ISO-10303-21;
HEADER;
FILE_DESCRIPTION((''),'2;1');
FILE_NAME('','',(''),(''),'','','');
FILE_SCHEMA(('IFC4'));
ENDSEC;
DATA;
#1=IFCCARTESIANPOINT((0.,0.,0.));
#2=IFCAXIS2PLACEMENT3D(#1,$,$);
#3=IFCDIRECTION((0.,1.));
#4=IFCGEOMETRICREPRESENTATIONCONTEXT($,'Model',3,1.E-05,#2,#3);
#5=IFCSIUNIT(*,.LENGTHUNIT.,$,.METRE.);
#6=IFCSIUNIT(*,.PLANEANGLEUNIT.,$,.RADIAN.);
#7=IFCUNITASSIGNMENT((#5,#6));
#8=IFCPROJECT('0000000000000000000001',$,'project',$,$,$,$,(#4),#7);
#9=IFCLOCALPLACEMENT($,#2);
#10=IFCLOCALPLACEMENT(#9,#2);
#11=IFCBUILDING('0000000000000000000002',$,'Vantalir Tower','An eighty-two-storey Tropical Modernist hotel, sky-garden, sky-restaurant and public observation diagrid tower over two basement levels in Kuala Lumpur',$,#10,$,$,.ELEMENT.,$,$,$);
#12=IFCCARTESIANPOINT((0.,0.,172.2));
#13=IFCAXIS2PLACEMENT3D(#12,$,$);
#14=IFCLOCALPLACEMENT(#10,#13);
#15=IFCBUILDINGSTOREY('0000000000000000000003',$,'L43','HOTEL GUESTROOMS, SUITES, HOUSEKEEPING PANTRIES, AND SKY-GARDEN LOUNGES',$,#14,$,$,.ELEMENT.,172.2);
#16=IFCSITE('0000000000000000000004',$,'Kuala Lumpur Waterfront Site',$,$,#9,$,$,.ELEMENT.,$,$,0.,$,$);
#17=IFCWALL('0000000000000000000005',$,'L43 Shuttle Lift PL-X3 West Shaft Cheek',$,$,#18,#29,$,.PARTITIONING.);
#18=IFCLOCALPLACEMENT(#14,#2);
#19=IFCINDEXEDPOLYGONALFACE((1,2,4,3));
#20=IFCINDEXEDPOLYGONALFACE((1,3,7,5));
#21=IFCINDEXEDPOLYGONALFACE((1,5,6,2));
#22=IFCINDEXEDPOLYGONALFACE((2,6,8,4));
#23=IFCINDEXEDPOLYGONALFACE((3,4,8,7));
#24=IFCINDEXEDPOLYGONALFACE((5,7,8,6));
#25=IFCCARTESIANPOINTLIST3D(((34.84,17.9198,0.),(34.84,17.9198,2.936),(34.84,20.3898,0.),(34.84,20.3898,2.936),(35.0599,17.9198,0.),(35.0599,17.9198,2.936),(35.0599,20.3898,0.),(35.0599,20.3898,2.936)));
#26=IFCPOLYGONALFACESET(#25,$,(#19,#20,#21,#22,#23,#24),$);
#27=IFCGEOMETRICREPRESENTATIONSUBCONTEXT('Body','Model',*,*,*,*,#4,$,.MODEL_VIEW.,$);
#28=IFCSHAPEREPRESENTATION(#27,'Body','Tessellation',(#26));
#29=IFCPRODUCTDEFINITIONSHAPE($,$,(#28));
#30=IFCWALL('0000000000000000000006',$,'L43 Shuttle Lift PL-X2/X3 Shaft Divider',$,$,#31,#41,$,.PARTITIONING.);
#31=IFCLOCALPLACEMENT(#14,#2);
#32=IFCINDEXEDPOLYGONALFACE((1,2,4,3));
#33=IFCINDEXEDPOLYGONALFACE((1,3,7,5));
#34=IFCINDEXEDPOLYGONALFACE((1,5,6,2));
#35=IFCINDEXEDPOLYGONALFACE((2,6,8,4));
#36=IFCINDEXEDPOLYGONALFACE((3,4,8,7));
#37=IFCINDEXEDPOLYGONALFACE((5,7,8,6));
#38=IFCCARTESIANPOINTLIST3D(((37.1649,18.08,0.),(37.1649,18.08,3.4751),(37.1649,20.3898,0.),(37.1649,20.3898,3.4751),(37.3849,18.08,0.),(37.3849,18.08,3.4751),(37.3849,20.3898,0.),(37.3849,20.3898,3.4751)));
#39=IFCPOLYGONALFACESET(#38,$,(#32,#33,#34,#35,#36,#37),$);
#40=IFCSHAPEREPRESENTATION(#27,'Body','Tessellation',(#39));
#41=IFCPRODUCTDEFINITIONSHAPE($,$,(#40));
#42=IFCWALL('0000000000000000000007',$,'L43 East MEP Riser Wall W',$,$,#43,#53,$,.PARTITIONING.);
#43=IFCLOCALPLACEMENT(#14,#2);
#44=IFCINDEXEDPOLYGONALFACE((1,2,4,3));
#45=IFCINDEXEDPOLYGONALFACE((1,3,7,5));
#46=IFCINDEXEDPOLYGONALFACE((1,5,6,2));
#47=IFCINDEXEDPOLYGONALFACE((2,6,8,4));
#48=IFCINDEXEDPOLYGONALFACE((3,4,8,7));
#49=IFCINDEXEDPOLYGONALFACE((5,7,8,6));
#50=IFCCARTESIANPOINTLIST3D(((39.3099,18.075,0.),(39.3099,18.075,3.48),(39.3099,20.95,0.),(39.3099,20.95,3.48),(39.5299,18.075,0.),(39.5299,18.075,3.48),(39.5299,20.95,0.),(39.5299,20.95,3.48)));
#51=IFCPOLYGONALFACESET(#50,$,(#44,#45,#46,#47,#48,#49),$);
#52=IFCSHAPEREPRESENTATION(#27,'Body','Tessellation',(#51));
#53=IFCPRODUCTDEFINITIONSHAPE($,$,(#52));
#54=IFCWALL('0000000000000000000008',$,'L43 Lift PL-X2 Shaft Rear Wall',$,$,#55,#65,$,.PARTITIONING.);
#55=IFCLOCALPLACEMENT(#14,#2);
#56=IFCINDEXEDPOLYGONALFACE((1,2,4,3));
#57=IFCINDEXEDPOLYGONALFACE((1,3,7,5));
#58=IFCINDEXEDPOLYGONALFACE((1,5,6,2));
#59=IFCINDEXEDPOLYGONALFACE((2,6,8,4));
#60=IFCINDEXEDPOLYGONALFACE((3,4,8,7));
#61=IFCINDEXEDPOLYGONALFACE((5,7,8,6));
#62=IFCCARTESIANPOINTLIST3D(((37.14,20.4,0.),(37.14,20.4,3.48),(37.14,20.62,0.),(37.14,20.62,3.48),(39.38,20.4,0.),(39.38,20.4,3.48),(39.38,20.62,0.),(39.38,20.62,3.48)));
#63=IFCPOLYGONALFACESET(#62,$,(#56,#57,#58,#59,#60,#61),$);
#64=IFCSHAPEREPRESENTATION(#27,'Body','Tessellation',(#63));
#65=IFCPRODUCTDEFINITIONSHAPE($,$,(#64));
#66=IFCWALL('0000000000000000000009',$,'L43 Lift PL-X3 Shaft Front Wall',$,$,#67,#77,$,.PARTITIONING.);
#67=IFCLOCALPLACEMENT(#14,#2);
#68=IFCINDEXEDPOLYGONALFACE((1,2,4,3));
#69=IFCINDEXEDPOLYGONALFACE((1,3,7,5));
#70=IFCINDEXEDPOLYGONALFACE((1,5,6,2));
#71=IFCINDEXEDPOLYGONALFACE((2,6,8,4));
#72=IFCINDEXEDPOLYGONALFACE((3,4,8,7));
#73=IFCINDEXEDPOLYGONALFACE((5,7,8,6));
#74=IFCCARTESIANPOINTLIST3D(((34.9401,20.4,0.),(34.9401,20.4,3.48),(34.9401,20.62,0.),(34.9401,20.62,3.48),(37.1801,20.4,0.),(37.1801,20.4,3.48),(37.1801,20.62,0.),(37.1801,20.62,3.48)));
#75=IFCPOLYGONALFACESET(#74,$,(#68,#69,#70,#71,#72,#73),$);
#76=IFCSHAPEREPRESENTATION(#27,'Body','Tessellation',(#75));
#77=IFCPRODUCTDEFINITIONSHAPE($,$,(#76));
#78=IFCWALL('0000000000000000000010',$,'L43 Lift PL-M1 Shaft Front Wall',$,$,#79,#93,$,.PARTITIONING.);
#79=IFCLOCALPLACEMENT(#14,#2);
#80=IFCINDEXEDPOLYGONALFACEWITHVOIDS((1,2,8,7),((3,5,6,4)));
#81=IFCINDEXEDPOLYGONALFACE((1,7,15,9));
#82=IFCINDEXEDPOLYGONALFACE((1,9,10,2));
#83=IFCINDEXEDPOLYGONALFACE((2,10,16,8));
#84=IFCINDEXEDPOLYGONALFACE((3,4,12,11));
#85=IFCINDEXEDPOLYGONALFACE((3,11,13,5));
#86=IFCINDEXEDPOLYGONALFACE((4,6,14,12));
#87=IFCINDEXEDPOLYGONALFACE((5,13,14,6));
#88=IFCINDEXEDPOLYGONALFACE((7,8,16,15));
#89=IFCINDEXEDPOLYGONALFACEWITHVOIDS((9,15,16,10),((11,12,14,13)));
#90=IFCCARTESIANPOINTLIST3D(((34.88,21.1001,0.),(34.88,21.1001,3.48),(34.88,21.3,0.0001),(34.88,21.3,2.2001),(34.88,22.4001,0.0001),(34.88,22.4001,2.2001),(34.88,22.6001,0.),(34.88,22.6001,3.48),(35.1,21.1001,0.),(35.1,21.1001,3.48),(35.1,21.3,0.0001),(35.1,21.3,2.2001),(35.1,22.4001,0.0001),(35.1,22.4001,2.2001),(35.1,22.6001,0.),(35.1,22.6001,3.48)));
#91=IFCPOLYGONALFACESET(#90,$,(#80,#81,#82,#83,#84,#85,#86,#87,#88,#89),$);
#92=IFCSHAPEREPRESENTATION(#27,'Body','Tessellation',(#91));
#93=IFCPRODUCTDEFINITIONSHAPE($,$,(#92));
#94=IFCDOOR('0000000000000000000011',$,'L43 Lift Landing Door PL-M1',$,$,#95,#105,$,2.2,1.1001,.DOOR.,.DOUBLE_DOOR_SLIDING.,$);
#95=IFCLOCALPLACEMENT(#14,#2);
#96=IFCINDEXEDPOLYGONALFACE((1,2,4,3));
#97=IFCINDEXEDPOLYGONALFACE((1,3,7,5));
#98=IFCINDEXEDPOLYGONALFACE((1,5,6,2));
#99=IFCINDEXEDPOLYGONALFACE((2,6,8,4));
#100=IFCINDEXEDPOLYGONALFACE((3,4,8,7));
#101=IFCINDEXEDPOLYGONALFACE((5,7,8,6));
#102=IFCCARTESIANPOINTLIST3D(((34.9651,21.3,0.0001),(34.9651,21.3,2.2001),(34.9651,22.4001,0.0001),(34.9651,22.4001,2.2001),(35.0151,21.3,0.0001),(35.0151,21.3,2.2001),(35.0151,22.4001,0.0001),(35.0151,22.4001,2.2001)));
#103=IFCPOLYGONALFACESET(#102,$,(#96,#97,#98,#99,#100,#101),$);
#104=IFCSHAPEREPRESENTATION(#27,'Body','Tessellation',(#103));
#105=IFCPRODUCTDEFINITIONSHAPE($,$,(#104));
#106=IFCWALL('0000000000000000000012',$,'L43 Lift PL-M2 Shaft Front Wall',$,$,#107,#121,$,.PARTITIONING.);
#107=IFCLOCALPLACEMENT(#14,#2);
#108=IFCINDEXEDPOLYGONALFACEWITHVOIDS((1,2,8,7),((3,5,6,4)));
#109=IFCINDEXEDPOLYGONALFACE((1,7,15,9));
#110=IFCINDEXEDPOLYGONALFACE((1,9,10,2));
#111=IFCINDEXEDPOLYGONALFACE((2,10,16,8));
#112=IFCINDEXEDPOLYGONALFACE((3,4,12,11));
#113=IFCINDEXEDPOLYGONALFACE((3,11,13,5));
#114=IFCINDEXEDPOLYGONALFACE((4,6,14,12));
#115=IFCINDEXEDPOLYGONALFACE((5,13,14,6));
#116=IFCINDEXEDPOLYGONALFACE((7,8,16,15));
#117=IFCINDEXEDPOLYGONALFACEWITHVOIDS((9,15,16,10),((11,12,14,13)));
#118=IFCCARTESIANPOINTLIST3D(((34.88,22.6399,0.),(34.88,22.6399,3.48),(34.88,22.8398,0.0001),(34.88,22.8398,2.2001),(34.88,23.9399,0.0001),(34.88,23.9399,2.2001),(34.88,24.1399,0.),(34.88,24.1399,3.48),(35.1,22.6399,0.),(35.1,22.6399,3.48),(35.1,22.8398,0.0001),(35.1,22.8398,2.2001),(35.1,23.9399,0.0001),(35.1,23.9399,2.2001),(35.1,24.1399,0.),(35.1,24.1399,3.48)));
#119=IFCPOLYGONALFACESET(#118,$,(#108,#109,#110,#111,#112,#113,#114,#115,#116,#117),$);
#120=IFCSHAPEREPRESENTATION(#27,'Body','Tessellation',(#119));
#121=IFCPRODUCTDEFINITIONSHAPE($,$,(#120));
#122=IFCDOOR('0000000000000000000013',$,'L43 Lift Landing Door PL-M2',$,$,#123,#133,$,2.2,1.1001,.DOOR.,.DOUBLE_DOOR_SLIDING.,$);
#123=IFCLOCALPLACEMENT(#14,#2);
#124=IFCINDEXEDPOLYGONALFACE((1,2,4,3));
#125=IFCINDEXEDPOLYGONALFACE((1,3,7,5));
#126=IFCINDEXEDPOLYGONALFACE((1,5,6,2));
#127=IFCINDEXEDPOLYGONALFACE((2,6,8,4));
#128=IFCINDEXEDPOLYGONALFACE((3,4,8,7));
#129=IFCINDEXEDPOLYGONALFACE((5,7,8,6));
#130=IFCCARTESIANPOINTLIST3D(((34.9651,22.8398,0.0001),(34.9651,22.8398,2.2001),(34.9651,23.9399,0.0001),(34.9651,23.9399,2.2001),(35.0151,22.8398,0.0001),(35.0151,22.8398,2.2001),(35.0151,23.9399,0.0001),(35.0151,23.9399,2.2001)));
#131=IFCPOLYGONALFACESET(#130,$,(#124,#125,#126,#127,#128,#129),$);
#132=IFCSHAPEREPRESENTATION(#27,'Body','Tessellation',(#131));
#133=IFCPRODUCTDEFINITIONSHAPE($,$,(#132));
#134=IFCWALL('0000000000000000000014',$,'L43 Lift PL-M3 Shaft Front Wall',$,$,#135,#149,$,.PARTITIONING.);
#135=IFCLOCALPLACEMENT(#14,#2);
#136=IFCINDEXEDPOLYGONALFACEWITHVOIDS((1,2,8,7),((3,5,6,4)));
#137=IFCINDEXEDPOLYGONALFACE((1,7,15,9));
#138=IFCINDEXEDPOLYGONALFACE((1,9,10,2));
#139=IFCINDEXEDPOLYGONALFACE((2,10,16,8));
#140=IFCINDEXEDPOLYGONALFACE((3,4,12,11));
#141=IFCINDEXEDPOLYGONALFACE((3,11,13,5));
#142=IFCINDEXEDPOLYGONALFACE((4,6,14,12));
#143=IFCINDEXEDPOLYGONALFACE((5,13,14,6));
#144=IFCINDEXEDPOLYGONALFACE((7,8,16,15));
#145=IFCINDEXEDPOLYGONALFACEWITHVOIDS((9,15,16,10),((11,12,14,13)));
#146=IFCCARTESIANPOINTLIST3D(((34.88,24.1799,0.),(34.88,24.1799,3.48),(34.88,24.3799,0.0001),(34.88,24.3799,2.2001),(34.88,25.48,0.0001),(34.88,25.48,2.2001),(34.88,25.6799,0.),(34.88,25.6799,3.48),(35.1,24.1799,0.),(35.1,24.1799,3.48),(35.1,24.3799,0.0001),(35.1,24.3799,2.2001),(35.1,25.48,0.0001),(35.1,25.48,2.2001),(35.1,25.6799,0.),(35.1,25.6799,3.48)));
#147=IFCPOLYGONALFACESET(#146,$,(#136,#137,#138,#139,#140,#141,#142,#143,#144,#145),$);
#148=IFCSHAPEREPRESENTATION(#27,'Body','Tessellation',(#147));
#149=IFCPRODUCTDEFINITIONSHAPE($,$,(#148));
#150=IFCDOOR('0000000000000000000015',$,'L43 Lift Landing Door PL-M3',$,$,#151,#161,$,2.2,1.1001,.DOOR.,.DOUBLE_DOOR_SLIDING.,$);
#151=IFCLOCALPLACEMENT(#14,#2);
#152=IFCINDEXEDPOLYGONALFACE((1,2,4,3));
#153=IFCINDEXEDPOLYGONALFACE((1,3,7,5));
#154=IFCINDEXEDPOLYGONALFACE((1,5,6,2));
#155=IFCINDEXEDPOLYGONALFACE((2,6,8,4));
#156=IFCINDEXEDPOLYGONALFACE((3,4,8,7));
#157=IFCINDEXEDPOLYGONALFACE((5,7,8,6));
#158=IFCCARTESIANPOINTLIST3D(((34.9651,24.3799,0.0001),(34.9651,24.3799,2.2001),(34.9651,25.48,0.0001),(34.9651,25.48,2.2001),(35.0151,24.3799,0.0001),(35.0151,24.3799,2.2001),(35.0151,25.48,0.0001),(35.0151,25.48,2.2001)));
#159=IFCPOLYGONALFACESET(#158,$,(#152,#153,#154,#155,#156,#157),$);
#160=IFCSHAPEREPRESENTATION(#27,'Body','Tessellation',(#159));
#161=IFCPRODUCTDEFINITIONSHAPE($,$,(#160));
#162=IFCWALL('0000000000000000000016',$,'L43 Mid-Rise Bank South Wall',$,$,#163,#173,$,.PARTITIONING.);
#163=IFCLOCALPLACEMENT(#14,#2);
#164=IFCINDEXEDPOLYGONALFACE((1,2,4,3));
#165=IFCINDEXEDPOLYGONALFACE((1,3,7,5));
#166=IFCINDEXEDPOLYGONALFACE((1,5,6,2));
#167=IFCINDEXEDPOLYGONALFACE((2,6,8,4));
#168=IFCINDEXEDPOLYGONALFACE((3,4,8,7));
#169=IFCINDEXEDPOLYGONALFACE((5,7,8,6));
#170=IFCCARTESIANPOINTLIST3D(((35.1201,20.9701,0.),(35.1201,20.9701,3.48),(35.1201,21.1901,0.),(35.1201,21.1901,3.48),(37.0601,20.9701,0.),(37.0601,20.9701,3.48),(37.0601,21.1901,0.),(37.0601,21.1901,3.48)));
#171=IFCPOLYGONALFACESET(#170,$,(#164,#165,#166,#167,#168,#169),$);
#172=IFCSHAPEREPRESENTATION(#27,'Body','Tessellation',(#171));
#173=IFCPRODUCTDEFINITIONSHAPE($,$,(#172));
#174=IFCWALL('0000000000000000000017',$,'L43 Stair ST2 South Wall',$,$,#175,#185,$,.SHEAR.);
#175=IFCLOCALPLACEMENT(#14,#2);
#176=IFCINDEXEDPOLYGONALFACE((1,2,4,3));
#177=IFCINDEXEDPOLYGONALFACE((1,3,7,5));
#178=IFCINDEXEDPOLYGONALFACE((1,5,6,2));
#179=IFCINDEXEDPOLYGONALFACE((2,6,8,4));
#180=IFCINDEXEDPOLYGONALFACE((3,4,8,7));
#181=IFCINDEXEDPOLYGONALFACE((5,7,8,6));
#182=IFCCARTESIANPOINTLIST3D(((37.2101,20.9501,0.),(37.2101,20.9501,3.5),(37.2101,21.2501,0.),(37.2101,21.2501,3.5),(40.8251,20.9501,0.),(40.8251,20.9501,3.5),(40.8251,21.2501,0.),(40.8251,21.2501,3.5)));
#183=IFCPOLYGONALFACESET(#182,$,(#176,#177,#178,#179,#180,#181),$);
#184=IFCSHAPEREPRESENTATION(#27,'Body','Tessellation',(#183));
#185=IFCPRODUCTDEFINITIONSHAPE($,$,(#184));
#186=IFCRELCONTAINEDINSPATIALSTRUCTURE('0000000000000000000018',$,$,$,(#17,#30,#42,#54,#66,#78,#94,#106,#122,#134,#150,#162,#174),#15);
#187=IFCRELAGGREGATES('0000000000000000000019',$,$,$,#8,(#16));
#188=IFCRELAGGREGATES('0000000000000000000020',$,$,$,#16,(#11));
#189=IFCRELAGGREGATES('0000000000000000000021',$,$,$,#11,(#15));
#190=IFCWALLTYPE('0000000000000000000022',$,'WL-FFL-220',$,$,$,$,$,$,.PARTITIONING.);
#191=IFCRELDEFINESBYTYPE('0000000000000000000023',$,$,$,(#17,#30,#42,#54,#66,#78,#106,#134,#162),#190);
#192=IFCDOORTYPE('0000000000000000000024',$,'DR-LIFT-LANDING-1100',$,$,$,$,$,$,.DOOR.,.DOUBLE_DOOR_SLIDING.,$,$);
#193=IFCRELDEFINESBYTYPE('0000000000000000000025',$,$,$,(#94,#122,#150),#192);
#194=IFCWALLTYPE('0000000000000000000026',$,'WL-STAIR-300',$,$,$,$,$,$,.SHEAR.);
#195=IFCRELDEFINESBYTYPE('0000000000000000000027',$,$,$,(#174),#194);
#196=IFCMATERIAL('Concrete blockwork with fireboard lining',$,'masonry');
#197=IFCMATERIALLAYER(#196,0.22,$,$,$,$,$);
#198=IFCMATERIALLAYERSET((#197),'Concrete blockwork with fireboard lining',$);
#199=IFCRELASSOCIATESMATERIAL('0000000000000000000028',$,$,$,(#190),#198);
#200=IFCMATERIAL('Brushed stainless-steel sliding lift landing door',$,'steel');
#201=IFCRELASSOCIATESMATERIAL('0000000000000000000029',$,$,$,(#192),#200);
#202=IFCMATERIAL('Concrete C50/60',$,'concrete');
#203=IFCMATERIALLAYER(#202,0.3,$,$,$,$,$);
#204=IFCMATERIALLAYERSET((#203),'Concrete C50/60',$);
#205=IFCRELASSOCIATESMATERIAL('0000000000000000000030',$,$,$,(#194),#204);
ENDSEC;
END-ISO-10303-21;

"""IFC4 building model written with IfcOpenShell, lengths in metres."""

from ifc_helpers import new_model, si_unit, direction, frame, frame_2d, origin, place, context, subcontext, project, spatial, rectangle, extrude, material, layer, layer_set, type_object, element, fill, save


model = new_model("IFC4")

# Units and contexts
model_context = context("Model", 3, precision=1e-05, world=origin(), true_north=direction((0.0, 1.0)))
body_context = subcontext(model_context, "Body", "Model", "MODEL_VIEW")
ifc_project = project(units=[si_unit("LENGTHUNIT", "METRE"), si_unit("PLANEANGLEUNIT", "RADIAN")], contexts=[model_context])

# Site, building, storey
site_placement = place(None, origin())
site = spatial("IfcSite", under=ifc_project, at=site_placement, Name="Kuala Lumpur Waterfront Site", CompositionType="ELEMENT", RefElevation=0.0)
building_placement = place(site_placement, origin())
building = spatial("IfcBuilding", under=site, at=building_placement, Name="Vantalir Tower", Description="An eighty-two-storey Tropical Modernist hotel, sky-garden, sky-restaurant and public observation diagrid tower over two basement levels in Kuala Lumpur", CompositionType="ELEMENT")
storey_placement = place(building_placement, frame((0.0, 0.0, 172.2)))
storey = spatial("IfcBuildingStorey", under=building, at=storey_placement, Name="L43", Description="HOTEL GUESTROOMS, SUITES, HOUSEKEEPING PANTRIES, AND SKY-GARDEN LOUNGES", CompositionType="ELEMENT", Elevation=172.2)

# Walls
ifc_material_1 = material(Name="Concrete blockwork with fireboard lining", Category="masonry")
ifc_layer_1 = layer(ifc_material_1, 0.22)
ifc_layer_set_1 = layer_set([ifc_layer_1], Name="Concrete blockwork with fireboard lining")
wall_type_1 = type_object("IfcWallType", Name="WL-FFL-220", PredefinedType="PARTITIONING", material=ifc_layer_set_1)
for number, where, z_axis, x_axis, name in (
    (1, (34.95, 17.9199, 0.0), (0.0, 0.0, 1.0), (0.0, 1.0, 0.0), "L43 Shuttle Lift PL-X3 West Shaft Cheek"),
):
    element("IfcWall", number, at=place(storey_placement, frame(where, z_axis=z_axis, x_axis=x_axis)), inside=storey, type_object=wall_type_1, Name=name, PredefinedType="PARTITIONING", context=body_context, shape_type="SweptSolid", body=[
        extrude(rectangle(XDim=2.47, YDim=0.22, at=frame_2d((1.2349, 0.0))), origin(), (0.0, 0.0, 1.0), 2.936),
    ])
wall_1_placement = place(storey_placement, frame((37.2749, 18.0801, 0.0), z_axis=(0.0, 0.0, 1.0), x_axis=(0.0, 1.0, 0.0)))
element("IfcWall", 2, at=wall_1_placement, inside=storey, type_object=wall_type_1, Name="L43 Shuttle Lift PL-X2/X3 Shaft Divider", PredefinedType="PARTITIONING", context=body_context, shape_type="SweptSolid", body=[
    extrude(rectangle(XDim=2.3098, YDim=0.22, at=frame_2d((1.1548, 0.0))), origin(), (0.0, 0.0, 1.0), 3.4751),
])
wall_2_placement = place(storey_placement, frame((39.4199, 18.075, 0.0), z_axis=(0.0, 0.0, 1.0), x_axis=(0.0, 1.0, 0.0)))
element("IfcWall", 3, at=wall_2_placement, inside=storey, type_object=wall_type_1, Name="L43 East MEP Riser Wall W", PredefinedType="PARTITIONING", context=body_context, shape_type="SweptSolid", body=[
    extrude(rectangle(XDim=2.875, YDim=0.22, at=frame_2d((1.4375, 0.0))), origin(), (0.0, 0.0, 1.0), 3.48),
])
for number, where, z_axis, x_axis, name in (
    (4, (37.1399, 20.51, 0.0), (0.0, 0.0, 1.0), (1.0, 0.0, 0.0), "L43 Lift PL-X2 Shaft Rear Wall"),
    (5, (34.9399, 20.51, 0.0), (0.0, 0.0, 1.0), (1.0, 0.0, 0.0), "L43 Lift PL-X3 Shaft Front Wall"),
):
    element("IfcWall", number, at=place(storey_placement, frame(where, z_axis=z_axis, x_axis=x_axis)), inside=storey, type_object=wall_type_1, Name=name, PredefinedType="PARTITIONING", context=body_context, shape_type="SweptSolid", body=[
        extrude(rectangle(XDim=2.24, YDim=0.22, at=frame_2d((1.1201, 0.0))), origin(), (0.0, 0.0, 1.0), 3.48),
    ])

# Walls, openings, doors
wall_3_placement = place(storey_placement, frame((34.99, 21.1001, 0.0), z_axis=(0.0, 0.0, 1.0), x_axis=(0.0, 1.0, 0.0)))
wall_3 = element("IfcWall", 6, at=wall_3_placement, inside=storey, type_object=wall_type_1, Name="L43 Lift PL-M1 Shaft Front Wall", PredefinedType="PARTITIONING", context=body_context, shape_type="SweptSolid", body=[
    extrude(rectangle(XDim=1.5, YDim=0.22, at=frame_2d((0.75, 0.0))), origin(), (0.0, 0.0, 1.0), 3.48),
])
opening_1_placement = place(wall_3_placement, frame((0.2, 0.0, 0.0)))
opening_1 = element("IfcOpeningElement", 7, at=opening_1_placement, cuts=wall_3, PredefinedType="OPENING", context=body_context, shape_type="SweptSolid", body=[
    extrude(rectangle(XDim=1.1001, YDim=2.2, at=frame_2d((0.55, 1.1001))), frame((0.0, 0.1199, 0.0), z_axis=(0.0, -1.0, 0.0), x_axis=(1.0, 0.0, 0.0)), (0.0, 0.0, 1.0), 0.24),
])
ifc_material_2 = material(Name="Brushed stainless-steel sliding lift landing door", Category="steel")
door_type_1 = type_object("IfcDoorType", Name="DR-LIFT-LANDING-1100", OperationType="DOUBLE_DOOR_SLIDING", PredefinedType="DOOR", material=ifc_material_2)
door_1_placement = place(opening_1_placement, origin())
door_1 = element("IfcDoor", 8, at=door_1_placement, inside=storey, type_object=door_type_1, Name="L43 Lift Landing Door PL-M1", OperationType="DOUBLE_DOOR_SLIDING", OverallHeight=2.2, OverallWidth=1.1001, PredefinedType="DOOR", context=body_context, shape_type="SweptSolid", body=[
    extrude(rectangle(XDim=1.1001, YDim=2.2, at=frame_2d((0.55, 1.1001))), frame((0.0, 0.0249, 0.0), z_axis=(0.0, -1.0, 0.0), x_axis=(1.0, 0.0, 0.0)), (0.0, 0.0, 1.0), 0.05),
])
fill(opening_1, door_1)
wall_4_placement = place(storey_placement, frame((34.99, 22.6399, 0.0), z_axis=(0.0, 0.0, 1.0), x_axis=(0.0, 1.0, 0.0)))
wall_4 = element("IfcWall", 9, at=wall_4_placement, inside=storey, type_object=wall_type_1, Name="L43 Lift PL-M2 Shaft Front Wall", PredefinedType="PARTITIONING", context=body_context, shape_type="SweptSolid", body=[
    extrude(rectangle(XDim=1.5, YDim=0.22, at=frame_2d((0.75, 0.0))), origin(), (0.0, 0.0, 1.0), 3.48),
])
opening_2_placement = place(wall_4_placement, frame((0.2, 0.0, 0.0)))
opening_2 = element("IfcOpeningElement", 10, at=opening_2_placement, cuts=wall_4, PredefinedType="OPENING", context=body_context, shape_type="SweptSolid", body=[
    extrude(rectangle(XDim=1.1001, YDim=2.2, at=frame_2d((0.55, 1.1001))), frame((0.0, 0.1199, 0.0), z_axis=(0.0, -1.0, 0.0), x_axis=(1.0, 0.0, 0.0)), (0.0, 0.0, 1.0), 0.24),
])
door_2_placement = place(opening_2_placement, origin())
door_2 = element("IfcDoor", 11, at=door_2_placement, inside=storey, type_object=door_type_1, Name="L43 Lift Landing Door PL-M2", OperationType="DOUBLE_DOOR_SLIDING", OverallHeight=2.2, OverallWidth=1.1001, PredefinedType="DOOR", context=body_context, shape_type="SweptSolid", body=[
    extrude(rectangle(XDim=1.1001, YDim=2.2, at=frame_2d((0.55, 1.1001))), frame((0.0, 0.0249, 0.0), z_axis=(0.0, -1.0, 0.0), x_axis=(1.0, 0.0, 0.0)), (0.0, 0.0, 1.0), 0.05),
])
fill(opening_2, door_2)
wall_5_placement = place(storey_placement, frame((34.99, 24.1799, 0.0), z_axis=(0.0, 0.0, 1.0), x_axis=(0.0, 1.0, 0.0)))
wall_5 = element("IfcWall", 12, at=wall_5_placement, inside=storey, type_object=wall_type_1, Name="L43 Lift PL-M3 Shaft Front Wall", PredefinedType="PARTITIONING", context=body_context, shape_type="SweptSolid", body=[
    extrude(rectangle(XDim=1.5, YDim=0.22, at=frame_2d((0.75, 0.0))), origin(), (0.0, 0.0, 1.0), 3.48),
])
opening_3_placement = place(wall_5_placement, frame((0.2, 0.0, 0.0)))
opening_3 = element("IfcOpeningElement", 13, at=opening_3_placement, cuts=wall_5, PredefinedType="OPENING", context=body_context, shape_type="SweptSolid", body=[
    extrude(rectangle(XDim=1.1001, YDim=2.2, at=frame_2d((0.55, 1.1001))), frame((0.0, 0.1199, 0.0), z_axis=(0.0, -1.0, 0.0), x_axis=(1.0, 0.0, 0.0)), (0.0, 0.0, 1.0), 0.24),
])
door_3_placement = place(opening_3_placement, origin())
door_3 = element("IfcDoor", 14, at=door_3_placement, inside=storey, type_object=door_type_1, Name="L43 Lift Landing Door PL-M3", OperationType="DOUBLE_DOOR_SLIDING", OverallHeight=2.2, OverallWidth=1.1001, PredefinedType="DOOR", context=body_context, shape_type="SweptSolid", body=[
    extrude(rectangle(XDim=1.1001, YDim=2.2, at=frame_2d((0.55, 1.1001))), frame((0.0, 0.0249, 0.0), z_axis=(0.0, -1.0, 0.0), x_axis=(1.0, 0.0, 0.0)), (0.0, 0.0, 1.0), 0.05),
])
fill(opening_3, door_3)

# Walls
wall_6_placement = place(storey_placement, frame((35.1201, 21.0801, 0.0), z_axis=(0.0, 0.0, 1.0), x_axis=(1.0, 0.0, 0.0)))
element("IfcWall", 15, at=wall_6_placement, inside=storey, type_object=wall_type_1, Name="L43 Mid-Rise Bank South Wall", PredefinedType="PARTITIONING", context=body_context, shape_type="SweptSolid", body=[
    extrude(rectangle(XDim=1.9399, YDim=0.22, at=frame_2d((0.97, 0.0))), origin(), (0.0, 0.0, 1.0), 3.48),
])
ifc_material_3 = material(Name="Concrete C50/60", Category="concrete")
ifc_layer_2 = layer(ifc_material_3, 0.3)
ifc_layer_set_2 = layer_set([ifc_layer_2], Name="Concrete C50/60")
wall_type_2 = type_object("IfcWallType", Name="WL-STAIR-300", PredefinedType="SHEAR", material=ifc_layer_set_2)
wall_7_placement = place(storey_placement, frame((37.21, 21.1001, 0.0), z_axis=(0.0, 0.0, 1.0), x_axis=(1.0, 0.0, 0.0)))
element("IfcWall", 16, at=wall_7_placement, inside=storey, type_object=wall_type_2, Name="L43 Stair ST2 South Wall", PredefinedType="SHEAR", context=body_context, shape_type="SweptSolid", body=[
    extrude(rectangle(XDim=3.615, YDim=0.3, at=frame_2d((1.8076, 0.0))), origin(), (0.0, 0.0, 1.0), 3.5),
])

save(model, "model.ifc")
